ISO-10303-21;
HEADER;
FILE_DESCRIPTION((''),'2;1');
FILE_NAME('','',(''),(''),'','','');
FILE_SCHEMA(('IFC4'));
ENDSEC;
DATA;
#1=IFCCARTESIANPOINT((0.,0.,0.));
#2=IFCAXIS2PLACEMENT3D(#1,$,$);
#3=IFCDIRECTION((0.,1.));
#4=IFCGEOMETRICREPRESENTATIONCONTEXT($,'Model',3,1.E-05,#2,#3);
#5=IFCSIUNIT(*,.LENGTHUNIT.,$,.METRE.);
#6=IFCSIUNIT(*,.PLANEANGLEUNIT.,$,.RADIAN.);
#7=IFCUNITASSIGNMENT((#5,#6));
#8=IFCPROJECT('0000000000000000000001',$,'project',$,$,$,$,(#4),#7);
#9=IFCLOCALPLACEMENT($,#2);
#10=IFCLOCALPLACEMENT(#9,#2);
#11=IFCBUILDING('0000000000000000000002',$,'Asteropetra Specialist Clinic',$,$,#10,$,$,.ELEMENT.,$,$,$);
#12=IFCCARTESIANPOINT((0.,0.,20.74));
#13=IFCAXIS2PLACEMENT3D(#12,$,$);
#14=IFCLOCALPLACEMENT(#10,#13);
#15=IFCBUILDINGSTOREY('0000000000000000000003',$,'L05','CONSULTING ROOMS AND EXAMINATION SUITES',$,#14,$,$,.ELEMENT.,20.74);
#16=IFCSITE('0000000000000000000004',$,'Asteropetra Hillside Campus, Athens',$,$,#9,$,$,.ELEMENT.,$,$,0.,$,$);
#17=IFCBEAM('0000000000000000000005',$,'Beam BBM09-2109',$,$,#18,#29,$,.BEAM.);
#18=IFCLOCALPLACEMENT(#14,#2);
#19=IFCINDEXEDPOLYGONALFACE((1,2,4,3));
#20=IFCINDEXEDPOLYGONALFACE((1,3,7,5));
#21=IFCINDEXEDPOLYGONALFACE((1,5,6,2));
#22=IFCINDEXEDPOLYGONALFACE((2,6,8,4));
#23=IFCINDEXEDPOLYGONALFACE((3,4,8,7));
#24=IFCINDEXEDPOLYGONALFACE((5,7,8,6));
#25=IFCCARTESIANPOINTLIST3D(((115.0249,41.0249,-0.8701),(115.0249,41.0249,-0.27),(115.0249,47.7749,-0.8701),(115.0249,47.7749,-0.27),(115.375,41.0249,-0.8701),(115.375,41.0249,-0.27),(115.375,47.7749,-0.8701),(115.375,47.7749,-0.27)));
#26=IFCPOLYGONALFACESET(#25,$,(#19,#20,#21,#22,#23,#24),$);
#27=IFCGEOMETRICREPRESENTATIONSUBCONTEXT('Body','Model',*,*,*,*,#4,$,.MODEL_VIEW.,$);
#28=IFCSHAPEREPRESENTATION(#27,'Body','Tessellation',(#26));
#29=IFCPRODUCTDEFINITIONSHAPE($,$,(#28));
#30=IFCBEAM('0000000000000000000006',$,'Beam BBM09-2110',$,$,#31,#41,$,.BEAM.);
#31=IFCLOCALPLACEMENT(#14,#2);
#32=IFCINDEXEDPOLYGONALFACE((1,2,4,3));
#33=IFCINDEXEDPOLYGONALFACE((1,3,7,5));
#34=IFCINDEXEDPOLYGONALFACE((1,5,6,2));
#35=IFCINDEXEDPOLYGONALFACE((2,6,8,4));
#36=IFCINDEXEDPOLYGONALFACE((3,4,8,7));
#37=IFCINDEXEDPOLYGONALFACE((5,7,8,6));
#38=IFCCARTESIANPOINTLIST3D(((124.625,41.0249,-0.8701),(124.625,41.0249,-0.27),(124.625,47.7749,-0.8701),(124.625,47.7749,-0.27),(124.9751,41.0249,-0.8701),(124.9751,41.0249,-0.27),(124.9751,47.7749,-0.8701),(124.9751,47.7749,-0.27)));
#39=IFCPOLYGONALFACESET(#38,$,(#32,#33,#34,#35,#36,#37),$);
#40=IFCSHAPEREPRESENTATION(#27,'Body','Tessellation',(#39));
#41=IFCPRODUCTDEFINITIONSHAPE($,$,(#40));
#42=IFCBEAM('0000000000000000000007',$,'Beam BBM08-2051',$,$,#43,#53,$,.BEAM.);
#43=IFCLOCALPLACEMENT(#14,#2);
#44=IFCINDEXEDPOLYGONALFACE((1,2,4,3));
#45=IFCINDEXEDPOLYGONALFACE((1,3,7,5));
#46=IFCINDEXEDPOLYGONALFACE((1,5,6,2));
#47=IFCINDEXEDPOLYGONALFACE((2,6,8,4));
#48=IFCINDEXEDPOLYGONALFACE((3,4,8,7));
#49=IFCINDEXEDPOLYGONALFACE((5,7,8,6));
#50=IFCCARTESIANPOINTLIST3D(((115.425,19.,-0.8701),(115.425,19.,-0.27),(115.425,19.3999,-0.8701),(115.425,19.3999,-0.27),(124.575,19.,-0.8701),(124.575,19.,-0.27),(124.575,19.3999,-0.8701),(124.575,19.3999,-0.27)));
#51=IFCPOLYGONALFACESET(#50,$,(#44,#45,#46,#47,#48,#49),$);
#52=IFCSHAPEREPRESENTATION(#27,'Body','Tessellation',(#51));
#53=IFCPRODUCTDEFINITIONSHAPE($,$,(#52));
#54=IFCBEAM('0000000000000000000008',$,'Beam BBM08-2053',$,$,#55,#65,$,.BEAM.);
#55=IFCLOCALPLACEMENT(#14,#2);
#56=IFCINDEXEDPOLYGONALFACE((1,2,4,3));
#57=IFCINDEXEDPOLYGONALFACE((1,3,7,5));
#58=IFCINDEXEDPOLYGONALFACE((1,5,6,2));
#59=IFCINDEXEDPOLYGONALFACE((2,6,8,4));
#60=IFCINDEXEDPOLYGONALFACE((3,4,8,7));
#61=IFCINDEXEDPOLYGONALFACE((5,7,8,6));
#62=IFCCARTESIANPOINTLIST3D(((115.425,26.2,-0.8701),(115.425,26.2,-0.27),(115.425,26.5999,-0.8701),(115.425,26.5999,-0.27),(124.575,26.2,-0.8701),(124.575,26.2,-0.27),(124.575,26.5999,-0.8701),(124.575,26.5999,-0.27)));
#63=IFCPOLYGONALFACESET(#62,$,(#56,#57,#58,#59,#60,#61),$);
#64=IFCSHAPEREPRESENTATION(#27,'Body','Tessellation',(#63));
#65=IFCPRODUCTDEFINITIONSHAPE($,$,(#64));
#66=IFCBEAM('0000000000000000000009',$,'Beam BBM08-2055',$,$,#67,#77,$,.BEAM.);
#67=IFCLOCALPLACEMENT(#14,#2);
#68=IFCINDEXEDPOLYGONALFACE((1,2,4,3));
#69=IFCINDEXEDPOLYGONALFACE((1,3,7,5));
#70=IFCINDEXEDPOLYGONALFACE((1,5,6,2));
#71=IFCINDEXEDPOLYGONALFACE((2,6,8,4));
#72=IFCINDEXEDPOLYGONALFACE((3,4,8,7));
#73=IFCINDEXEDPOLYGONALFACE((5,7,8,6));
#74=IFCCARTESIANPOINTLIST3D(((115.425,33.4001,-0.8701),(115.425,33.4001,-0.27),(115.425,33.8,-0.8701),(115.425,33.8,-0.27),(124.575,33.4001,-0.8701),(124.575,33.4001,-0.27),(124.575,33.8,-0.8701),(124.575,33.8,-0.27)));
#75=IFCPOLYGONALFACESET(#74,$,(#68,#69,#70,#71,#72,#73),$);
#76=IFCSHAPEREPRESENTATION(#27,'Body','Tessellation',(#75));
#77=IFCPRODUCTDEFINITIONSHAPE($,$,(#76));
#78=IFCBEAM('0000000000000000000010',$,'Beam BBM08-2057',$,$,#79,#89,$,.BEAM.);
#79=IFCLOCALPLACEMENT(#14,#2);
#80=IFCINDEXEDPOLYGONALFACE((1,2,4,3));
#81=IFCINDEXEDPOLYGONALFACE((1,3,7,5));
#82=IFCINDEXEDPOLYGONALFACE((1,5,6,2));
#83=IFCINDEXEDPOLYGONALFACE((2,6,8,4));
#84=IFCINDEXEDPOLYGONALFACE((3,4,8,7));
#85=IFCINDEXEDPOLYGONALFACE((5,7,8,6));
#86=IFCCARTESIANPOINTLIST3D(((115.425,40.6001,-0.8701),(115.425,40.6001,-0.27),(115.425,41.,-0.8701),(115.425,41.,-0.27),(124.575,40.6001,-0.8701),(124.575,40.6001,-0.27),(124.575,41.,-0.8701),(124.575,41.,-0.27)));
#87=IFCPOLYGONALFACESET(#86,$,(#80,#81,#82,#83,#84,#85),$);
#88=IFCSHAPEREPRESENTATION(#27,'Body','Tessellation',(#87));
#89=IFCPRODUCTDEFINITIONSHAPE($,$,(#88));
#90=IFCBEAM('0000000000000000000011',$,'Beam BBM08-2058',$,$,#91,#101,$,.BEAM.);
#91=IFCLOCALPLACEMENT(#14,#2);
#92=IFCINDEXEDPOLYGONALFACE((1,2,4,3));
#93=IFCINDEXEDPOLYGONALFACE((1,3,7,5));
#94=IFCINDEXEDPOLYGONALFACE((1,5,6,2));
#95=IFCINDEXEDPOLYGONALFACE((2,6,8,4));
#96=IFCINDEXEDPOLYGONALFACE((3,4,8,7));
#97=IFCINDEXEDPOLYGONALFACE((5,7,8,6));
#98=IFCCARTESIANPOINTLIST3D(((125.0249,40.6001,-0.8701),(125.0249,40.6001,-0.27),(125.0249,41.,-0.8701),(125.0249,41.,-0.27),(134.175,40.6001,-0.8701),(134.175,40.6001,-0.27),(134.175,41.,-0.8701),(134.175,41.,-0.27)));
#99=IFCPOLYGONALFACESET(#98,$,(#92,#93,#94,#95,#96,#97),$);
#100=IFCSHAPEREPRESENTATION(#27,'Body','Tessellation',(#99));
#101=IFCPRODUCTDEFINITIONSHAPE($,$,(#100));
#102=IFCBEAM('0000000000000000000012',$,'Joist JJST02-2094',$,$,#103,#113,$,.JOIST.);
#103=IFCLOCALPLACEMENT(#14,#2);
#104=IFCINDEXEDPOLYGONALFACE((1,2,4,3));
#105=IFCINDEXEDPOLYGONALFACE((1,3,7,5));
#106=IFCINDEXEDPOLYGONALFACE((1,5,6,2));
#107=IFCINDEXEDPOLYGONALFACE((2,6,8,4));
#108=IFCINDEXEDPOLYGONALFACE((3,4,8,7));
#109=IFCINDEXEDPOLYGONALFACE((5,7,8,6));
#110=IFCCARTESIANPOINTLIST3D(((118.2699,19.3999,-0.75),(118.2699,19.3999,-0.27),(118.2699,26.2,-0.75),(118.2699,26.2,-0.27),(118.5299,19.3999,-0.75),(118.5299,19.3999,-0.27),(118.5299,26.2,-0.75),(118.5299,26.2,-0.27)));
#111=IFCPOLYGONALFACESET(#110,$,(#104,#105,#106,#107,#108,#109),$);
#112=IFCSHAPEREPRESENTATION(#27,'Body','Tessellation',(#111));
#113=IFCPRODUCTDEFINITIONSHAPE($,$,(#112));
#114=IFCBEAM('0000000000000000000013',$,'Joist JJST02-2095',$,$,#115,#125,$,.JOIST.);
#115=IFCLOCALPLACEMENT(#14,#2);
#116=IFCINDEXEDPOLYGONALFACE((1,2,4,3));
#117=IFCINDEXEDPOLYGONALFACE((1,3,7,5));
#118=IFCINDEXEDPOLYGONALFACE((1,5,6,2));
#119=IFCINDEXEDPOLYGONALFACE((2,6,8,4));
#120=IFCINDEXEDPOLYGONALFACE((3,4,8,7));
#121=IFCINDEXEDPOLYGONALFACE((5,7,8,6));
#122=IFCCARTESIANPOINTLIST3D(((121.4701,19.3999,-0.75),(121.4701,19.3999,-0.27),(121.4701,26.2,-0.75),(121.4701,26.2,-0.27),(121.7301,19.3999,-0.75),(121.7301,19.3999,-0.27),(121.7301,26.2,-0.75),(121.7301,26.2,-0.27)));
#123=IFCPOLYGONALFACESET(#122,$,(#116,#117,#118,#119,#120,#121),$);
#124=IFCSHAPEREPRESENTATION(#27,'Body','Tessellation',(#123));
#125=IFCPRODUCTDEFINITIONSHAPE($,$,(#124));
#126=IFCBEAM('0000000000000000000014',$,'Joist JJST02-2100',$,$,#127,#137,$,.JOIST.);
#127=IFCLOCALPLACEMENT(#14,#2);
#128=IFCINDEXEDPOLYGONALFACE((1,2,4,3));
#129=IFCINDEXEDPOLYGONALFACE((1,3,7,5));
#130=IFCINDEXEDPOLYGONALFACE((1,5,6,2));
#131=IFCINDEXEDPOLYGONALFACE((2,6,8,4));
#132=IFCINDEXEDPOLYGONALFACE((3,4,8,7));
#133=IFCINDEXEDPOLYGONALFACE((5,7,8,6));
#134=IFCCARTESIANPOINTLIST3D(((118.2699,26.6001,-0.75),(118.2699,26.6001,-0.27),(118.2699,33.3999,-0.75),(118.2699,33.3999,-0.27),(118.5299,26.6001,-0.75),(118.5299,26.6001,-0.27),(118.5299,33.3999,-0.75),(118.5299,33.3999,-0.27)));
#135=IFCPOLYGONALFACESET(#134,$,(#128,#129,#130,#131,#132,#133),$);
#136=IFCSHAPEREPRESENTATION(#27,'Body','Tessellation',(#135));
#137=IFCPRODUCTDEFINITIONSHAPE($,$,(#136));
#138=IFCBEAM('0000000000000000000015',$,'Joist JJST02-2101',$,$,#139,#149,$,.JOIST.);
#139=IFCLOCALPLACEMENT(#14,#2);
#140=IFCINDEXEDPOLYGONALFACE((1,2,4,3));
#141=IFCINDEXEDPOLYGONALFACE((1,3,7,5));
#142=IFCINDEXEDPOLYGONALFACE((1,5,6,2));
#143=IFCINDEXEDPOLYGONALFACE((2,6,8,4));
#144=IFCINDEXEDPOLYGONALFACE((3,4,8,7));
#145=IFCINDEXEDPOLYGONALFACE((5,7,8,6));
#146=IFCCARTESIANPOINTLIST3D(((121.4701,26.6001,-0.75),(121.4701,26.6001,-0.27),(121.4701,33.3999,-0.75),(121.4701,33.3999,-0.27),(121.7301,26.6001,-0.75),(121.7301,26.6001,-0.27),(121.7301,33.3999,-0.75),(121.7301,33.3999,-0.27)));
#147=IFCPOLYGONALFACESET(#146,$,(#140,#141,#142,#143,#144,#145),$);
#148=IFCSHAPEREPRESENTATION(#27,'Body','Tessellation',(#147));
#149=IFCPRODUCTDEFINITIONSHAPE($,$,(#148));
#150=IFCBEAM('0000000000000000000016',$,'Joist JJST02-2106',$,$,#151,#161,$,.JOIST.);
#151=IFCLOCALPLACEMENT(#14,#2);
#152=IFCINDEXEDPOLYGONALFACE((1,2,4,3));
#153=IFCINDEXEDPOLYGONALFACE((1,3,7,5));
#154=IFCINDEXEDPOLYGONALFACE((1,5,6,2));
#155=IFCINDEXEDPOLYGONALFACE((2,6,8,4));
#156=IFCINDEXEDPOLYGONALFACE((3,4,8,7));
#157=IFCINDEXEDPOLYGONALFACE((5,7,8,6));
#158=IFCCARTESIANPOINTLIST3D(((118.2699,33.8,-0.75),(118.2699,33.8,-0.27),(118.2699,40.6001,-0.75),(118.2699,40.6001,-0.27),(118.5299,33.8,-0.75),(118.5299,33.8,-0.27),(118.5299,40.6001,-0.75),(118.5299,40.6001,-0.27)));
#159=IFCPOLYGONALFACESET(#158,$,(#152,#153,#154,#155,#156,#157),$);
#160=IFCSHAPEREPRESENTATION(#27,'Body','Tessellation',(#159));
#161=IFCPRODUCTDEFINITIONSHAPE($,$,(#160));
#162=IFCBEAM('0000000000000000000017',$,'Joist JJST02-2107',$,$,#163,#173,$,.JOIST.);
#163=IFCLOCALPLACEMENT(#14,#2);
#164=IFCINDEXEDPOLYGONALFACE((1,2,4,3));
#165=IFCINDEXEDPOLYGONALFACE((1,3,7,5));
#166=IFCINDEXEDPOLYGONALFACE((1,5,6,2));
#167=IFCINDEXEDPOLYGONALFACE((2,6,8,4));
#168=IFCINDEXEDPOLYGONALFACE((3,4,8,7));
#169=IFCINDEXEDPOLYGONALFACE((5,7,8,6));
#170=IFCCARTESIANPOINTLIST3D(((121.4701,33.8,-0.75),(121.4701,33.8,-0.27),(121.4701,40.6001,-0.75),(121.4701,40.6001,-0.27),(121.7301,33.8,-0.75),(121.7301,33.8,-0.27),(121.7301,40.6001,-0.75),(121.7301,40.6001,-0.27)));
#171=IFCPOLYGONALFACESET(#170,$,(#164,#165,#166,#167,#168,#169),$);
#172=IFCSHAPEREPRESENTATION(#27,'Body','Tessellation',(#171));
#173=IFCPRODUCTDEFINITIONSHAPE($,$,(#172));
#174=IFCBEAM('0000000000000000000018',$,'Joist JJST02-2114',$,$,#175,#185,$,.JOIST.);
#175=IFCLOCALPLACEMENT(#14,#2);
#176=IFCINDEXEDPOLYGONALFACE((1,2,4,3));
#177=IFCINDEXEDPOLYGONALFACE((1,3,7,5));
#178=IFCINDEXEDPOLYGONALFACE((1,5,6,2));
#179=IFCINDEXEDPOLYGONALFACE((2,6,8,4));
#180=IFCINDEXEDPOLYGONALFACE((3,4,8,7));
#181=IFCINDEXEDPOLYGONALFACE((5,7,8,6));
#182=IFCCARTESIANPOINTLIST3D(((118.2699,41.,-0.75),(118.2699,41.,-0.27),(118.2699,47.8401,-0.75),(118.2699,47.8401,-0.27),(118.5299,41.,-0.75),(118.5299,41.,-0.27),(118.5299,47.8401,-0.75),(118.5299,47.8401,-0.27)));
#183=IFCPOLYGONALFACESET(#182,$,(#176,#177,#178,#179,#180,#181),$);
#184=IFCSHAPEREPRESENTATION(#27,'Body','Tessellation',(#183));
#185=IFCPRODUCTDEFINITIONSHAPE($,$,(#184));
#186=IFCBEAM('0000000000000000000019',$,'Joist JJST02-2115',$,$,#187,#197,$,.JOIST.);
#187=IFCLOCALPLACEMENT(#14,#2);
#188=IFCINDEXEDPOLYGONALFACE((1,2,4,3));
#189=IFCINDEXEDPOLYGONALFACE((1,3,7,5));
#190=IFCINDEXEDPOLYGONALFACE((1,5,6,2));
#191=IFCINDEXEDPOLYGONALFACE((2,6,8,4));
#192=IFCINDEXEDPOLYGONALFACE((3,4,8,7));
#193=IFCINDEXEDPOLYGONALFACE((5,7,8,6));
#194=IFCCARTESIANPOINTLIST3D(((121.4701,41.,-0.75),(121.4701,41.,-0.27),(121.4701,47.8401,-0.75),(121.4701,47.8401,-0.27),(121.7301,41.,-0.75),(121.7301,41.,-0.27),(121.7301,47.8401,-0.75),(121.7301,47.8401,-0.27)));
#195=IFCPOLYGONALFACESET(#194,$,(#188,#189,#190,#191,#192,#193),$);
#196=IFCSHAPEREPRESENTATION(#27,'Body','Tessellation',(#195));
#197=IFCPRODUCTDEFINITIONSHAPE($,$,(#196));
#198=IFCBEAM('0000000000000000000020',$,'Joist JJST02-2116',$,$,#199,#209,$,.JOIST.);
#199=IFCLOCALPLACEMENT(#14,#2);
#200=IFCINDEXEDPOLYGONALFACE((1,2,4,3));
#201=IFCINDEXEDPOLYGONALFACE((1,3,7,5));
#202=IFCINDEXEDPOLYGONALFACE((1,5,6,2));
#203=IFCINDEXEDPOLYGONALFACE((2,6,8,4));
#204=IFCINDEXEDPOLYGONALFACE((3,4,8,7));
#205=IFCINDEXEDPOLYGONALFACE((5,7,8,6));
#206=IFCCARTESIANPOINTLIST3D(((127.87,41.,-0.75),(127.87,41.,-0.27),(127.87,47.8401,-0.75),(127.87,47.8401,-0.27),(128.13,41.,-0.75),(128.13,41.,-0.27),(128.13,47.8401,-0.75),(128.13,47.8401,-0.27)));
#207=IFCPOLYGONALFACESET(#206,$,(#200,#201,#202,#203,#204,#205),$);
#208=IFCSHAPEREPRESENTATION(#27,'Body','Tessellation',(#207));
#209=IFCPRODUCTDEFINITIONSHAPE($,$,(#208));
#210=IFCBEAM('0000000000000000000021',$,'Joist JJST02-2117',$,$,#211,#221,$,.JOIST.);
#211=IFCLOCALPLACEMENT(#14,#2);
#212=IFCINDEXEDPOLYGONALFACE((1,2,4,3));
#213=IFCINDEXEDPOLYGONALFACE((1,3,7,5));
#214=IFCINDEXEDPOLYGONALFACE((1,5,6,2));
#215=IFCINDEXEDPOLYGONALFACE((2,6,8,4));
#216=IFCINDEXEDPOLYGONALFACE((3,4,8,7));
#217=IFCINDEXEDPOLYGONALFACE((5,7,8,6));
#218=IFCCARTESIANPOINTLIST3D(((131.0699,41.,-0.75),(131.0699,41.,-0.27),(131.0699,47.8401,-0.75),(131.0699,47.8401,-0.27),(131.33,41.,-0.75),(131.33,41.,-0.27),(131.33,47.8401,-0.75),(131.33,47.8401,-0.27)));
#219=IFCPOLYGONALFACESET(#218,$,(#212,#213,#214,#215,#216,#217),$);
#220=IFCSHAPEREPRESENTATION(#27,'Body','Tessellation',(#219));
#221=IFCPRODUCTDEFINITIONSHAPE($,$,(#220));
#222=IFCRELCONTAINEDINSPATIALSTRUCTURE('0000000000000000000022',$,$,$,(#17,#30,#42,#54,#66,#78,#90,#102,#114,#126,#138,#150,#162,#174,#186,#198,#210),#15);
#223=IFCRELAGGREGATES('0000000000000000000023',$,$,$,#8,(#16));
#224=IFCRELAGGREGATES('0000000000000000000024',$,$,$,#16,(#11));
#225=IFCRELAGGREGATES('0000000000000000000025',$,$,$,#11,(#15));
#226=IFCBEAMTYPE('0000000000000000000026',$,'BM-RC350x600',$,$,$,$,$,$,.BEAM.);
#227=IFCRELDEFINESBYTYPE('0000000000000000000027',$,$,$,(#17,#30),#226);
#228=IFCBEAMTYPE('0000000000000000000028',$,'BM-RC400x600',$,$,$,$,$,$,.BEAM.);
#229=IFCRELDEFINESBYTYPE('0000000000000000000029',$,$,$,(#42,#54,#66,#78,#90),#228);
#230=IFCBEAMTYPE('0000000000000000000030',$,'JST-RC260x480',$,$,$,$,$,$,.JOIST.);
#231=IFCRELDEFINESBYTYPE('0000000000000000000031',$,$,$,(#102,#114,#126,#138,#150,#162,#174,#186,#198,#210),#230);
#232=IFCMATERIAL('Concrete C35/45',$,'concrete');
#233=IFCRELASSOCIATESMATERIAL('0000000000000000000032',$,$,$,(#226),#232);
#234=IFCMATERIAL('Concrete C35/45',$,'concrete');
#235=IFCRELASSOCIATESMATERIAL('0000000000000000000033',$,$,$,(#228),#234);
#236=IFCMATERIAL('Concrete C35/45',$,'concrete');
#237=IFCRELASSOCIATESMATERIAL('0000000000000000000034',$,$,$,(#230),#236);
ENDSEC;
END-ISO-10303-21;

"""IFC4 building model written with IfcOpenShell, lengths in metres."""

from ifc_helpers import new_model, si_unit, direction, frame, origin, origin_2d, place, context, subcontext, project, spatial, rectangle, extrude, material, material_profile, profile_set, type_object, element, save


model = new_model("IFC4")

# Units and contexts
model_context = context("Model", 3, precision=1e-05, world=origin(), true_north=direction((0.0, 1.0)))
body_context = subcontext(model_context, "Body", "Model", "MODEL_VIEW")
ifc_project = project(units=[si_unit("LENGTHUNIT", "METRE"), si_unit("PLANEANGLEUNIT", "RADIAN")], contexts=[model_context])

# Site, building, storey
site_placement = place(None, origin())
site = spatial("IfcSite", under=ifc_project, at=site_placement, Name="Asteropetra Hillside Campus, Athens", CompositionType="ELEMENT", RefElevation=0.0)
building_placement = place(site_placement, origin())
building = spatial("IfcBuilding", under=site, at=building_placement, Name="Asteropetra Specialist Clinic", CompositionType="ELEMENT")
storey_placement = place(building_placement, frame((0.0, 0.0, 20.74)))
storey = spatial("IfcBuildingStorey", under=building, at=storey_placement, Name="L05", Description="CONSULTING ROOMS AND EXAMINATION SUITES", CompositionType="ELEMENT", Elevation=20.74)

# Beams
ifc_material_1 = material(Name="Concrete C35/45", Category="concrete")
ifc_material_profile_1 = material_profile(ifc_material_1, rectangle(XDim=0.3501, YDim=0.6001, at=origin_2d()), Name="RCB 350x600")
ifc_profile_set_1 = profile_set([ifc_material_profile_1], Name="Concrete C35/45")
beam_type_1 = type_object("IfcBeamType", Name="BM-RC350x600", PredefinedType="BEAM", material=ifc_profile_set_1)
for number, where, z_axis, x_axis, name in (
    (1, (115.2, 41.0249, -0.5701), (0.0, 1.0, 0.0), (-1.0, 0.0, 0.0), "Beam BBM09-2109"),
    (2, (124.8, 41.0249, -0.5701), (0.0, 1.0, 0.0), (-1.0, 0.0, 0.0), "Beam BBM09-2110"),
):
    element("IfcBeam", number, at=place(storey_placement, frame(where, z_axis=z_axis, x_axis=x_axis)), inside=storey, type_object=beam_type_1, Name=name, PredefinedType="BEAM", context=body_context, shape_type="SweptSolid", body=[
        extrude(rectangle(XDim=0.3501, YDim=0.6001, at=origin_2d()), origin(), (0.0, 0.0, 1.0), 6.75),
    ])
ifc_material_2 = material(Name="Concrete C35/45", Category="concrete")
ifc_material_profile_2 = material_profile(ifc_material_2, rectangle(XDim=0.3999, YDim=0.6001, at=origin_2d()), Name="RCB 400x600")
ifc_profile_set_2 = profile_set([ifc_material_profile_2], Name="Concrete C35/45")
beam_type_2 = type_object("IfcBeamType", Name="BM-RC400x600", PredefinedType="BEAM", material=ifc_profile_set_2)
for number, where, z_axis, x_axis, name in (
    (3, (115.425, 19.2, -0.5701), (1.0, 0.0, 0.0), (0.0, 1.0, 0.0), "Beam BBM08-2051"),
    (4, (115.425, 26.3999, -0.5701), (1.0, 0.0, 0.0), (0.0, 1.0, 0.0), "Beam BBM08-2053"),
    (5, (115.425, 33.6001, -0.5701), (1.0, 0.0, 0.0), (0.0, 1.0, 0.0), "Beam BBM08-2055"),
    (6, (115.425, 40.8, -0.5701), (1.0, 0.0, 0.0), (0.0, 1.0, 0.0), "Beam BBM08-2057"),
):
    element("IfcBeam", number, at=place(storey_placement, frame(where, z_axis=z_axis, x_axis=x_axis)), inside=storey, type_object=beam_type_2, Name=name, PredefinedType="BEAM", context=body_context, shape_type="SweptSolid", body=[
        extrude(rectangle(XDim=0.3999, YDim=0.6001, at=origin_2d()), origin(), (0.0, 0.0, 1.0), 9.1499),
    ])
beam_1_placement = place(storey_placement, frame((125.0249, 40.8, -0.5701), z_axis=(1.0, 0.0, 0.0), x_axis=(0.0, 1.0, 0.0)))
element("IfcBeam", 7, at=beam_1_placement, inside=storey, type_object=beam_type_2, Name="Beam BBM08-2058", PredefinedType="BEAM", context=body_context, shape_type="SweptSolid", body=[
    extrude(rectangle(XDim=0.3999, YDim=0.6001, at=origin_2d()), origin(), (0.0, 0.0, 1.0), 9.1501),
])
ifc_material_3 = material(Name="Concrete C35/45", Category="concrete")
ifc_material_profile_3 = material_profile(ifc_material_3, rectangle(XDim=0.26, YDim=0.48, at=origin_2d()), Name="RCJ 260x480")
ifc_profile_set_3 = profile_set([ifc_material_profile_3], Name="Concrete C35/45")
beam_type_3 = type_object("IfcBeamType", Name="JST-RC260x480", PredefinedType="JOIST", material=ifc_profile_set_3)
for number, where, z_axis, x_axis, name in (
    (8, (118.3999, 19.3999, -0.51), (0.0, 1.0, 0.0), (-1.0, 0.0, 0.0), "Joist JJST02-2094"),
    (9, (121.6001, 19.3999, -0.51), (0.0, 1.0, 0.0), (-1.0, 0.0, 0.0), "Joist JJST02-2095"),
):
    element("IfcBeam", number, at=place(storey_placement, frame(where, z_axis=z_axis, x_axis=x_axis)), inside=storey, type_object=beam_type_3, Name=name, PredefinedType="JOIST", context=body_context, shape_type="SweptSolid", body=[
        extrude(rectangle(XDim=0.26, YDim=0.48, at=origin_2d()), origin(), (0.0, 0.0, 1.0), 6.8),
    ])
for number, where, z_axis, x_axis, name in (
    (10, (118.3999, 26.6001, -0.51), (0.0, 1.0, 0.0), (-1.0, 0.0, 0.0), "Joist JJST02-2100"),
    (11, (121.6001, 26.6001, -0.51), (0.0, 1.0, 0.0), (-1.0, 0.0, 0.0), "Joist JJST02-2101"),
):
    element("IfcBeam", number, at=place(storey_placement, frame(where, z_axis=z_axis, x_axis=x_axis)), inside=storey, type_object=beam_type_3, Name=name, PredefinedType="JOIST", context=body_context, shape_type="SweptSolid", body=[
        extrude(rectangle(XDim=0.26, YDim=0.48, at=origin_2d()), origin(), (0.0, 0.0, 1.0), 6.7998),
    ])
for number, where, z_axis, x_axis, name in (
    (12, (118.3999, 33.8, -0.51), (0.0, 1.0, 0.0), (-1.0, 0.0, 0.0), "Joist JJST02-2106"),
    (13, (121.6001, 33.8, -0.51), (0.0, 1.0, 0.0), (-1.0, 0.0, 0.0), "Joist JJST02-2107"),
):
    element("IfcBeam", number, at=place(storey_placement, frame(where, z_axis=z_axis, x_axis=x_axis)), inside=storey, type_object=beam_type_3, Name=name, PredefinedType="JOIST", context=body_context, shape_type="SweptSolid", body=[
        extrude(rectangle(XDim=0.26, YDim=0.48, at=origin_2d()), origin(), (0.0, 0.0, 1.0), 6.8),
    ])
for number, where, z_axis, x_axis, name in (
    (14, (118.3999, 41.0, -0.51), (0.0, 1.0, 0.0), (-1.0, 0.0, 0.0), "Joist JJST02-2114"),
    (15, (121.6001, 41.0, -0.51), (0.0, 1.0, 0.0), (-1.0, 0.0, 0.0), "Joist JJST02-2115"),
    (16, (128.0, 41.0, -0.51), (0.0, 1.0, 0.0), (-1.0, 0.0, 0.0), "Joist JJST02-2116"),
    (17, (131.2, 41.0, -0.51), (0.0, 1.0, 0.0), (-1.0, 0.0, 0.0), "Joist JJST02-2117"),
):
    element("IfcBeam", number, at=place(storey_placement, frame(where, z_axis=z_axis, x_axis=x_axis)), inside=storey, type_object=beam_type_3, Name=name, PredefinedType="JOIST", context=body_context, shape_type="SweptSolid", body=[
        extrude(rectangle(XDim=0.26, YDim=0.48, at=origin_2d()), origin(), (0.0, 0.0, 1.0), 6.8401),
    ])

save(model, "model.ifc")
